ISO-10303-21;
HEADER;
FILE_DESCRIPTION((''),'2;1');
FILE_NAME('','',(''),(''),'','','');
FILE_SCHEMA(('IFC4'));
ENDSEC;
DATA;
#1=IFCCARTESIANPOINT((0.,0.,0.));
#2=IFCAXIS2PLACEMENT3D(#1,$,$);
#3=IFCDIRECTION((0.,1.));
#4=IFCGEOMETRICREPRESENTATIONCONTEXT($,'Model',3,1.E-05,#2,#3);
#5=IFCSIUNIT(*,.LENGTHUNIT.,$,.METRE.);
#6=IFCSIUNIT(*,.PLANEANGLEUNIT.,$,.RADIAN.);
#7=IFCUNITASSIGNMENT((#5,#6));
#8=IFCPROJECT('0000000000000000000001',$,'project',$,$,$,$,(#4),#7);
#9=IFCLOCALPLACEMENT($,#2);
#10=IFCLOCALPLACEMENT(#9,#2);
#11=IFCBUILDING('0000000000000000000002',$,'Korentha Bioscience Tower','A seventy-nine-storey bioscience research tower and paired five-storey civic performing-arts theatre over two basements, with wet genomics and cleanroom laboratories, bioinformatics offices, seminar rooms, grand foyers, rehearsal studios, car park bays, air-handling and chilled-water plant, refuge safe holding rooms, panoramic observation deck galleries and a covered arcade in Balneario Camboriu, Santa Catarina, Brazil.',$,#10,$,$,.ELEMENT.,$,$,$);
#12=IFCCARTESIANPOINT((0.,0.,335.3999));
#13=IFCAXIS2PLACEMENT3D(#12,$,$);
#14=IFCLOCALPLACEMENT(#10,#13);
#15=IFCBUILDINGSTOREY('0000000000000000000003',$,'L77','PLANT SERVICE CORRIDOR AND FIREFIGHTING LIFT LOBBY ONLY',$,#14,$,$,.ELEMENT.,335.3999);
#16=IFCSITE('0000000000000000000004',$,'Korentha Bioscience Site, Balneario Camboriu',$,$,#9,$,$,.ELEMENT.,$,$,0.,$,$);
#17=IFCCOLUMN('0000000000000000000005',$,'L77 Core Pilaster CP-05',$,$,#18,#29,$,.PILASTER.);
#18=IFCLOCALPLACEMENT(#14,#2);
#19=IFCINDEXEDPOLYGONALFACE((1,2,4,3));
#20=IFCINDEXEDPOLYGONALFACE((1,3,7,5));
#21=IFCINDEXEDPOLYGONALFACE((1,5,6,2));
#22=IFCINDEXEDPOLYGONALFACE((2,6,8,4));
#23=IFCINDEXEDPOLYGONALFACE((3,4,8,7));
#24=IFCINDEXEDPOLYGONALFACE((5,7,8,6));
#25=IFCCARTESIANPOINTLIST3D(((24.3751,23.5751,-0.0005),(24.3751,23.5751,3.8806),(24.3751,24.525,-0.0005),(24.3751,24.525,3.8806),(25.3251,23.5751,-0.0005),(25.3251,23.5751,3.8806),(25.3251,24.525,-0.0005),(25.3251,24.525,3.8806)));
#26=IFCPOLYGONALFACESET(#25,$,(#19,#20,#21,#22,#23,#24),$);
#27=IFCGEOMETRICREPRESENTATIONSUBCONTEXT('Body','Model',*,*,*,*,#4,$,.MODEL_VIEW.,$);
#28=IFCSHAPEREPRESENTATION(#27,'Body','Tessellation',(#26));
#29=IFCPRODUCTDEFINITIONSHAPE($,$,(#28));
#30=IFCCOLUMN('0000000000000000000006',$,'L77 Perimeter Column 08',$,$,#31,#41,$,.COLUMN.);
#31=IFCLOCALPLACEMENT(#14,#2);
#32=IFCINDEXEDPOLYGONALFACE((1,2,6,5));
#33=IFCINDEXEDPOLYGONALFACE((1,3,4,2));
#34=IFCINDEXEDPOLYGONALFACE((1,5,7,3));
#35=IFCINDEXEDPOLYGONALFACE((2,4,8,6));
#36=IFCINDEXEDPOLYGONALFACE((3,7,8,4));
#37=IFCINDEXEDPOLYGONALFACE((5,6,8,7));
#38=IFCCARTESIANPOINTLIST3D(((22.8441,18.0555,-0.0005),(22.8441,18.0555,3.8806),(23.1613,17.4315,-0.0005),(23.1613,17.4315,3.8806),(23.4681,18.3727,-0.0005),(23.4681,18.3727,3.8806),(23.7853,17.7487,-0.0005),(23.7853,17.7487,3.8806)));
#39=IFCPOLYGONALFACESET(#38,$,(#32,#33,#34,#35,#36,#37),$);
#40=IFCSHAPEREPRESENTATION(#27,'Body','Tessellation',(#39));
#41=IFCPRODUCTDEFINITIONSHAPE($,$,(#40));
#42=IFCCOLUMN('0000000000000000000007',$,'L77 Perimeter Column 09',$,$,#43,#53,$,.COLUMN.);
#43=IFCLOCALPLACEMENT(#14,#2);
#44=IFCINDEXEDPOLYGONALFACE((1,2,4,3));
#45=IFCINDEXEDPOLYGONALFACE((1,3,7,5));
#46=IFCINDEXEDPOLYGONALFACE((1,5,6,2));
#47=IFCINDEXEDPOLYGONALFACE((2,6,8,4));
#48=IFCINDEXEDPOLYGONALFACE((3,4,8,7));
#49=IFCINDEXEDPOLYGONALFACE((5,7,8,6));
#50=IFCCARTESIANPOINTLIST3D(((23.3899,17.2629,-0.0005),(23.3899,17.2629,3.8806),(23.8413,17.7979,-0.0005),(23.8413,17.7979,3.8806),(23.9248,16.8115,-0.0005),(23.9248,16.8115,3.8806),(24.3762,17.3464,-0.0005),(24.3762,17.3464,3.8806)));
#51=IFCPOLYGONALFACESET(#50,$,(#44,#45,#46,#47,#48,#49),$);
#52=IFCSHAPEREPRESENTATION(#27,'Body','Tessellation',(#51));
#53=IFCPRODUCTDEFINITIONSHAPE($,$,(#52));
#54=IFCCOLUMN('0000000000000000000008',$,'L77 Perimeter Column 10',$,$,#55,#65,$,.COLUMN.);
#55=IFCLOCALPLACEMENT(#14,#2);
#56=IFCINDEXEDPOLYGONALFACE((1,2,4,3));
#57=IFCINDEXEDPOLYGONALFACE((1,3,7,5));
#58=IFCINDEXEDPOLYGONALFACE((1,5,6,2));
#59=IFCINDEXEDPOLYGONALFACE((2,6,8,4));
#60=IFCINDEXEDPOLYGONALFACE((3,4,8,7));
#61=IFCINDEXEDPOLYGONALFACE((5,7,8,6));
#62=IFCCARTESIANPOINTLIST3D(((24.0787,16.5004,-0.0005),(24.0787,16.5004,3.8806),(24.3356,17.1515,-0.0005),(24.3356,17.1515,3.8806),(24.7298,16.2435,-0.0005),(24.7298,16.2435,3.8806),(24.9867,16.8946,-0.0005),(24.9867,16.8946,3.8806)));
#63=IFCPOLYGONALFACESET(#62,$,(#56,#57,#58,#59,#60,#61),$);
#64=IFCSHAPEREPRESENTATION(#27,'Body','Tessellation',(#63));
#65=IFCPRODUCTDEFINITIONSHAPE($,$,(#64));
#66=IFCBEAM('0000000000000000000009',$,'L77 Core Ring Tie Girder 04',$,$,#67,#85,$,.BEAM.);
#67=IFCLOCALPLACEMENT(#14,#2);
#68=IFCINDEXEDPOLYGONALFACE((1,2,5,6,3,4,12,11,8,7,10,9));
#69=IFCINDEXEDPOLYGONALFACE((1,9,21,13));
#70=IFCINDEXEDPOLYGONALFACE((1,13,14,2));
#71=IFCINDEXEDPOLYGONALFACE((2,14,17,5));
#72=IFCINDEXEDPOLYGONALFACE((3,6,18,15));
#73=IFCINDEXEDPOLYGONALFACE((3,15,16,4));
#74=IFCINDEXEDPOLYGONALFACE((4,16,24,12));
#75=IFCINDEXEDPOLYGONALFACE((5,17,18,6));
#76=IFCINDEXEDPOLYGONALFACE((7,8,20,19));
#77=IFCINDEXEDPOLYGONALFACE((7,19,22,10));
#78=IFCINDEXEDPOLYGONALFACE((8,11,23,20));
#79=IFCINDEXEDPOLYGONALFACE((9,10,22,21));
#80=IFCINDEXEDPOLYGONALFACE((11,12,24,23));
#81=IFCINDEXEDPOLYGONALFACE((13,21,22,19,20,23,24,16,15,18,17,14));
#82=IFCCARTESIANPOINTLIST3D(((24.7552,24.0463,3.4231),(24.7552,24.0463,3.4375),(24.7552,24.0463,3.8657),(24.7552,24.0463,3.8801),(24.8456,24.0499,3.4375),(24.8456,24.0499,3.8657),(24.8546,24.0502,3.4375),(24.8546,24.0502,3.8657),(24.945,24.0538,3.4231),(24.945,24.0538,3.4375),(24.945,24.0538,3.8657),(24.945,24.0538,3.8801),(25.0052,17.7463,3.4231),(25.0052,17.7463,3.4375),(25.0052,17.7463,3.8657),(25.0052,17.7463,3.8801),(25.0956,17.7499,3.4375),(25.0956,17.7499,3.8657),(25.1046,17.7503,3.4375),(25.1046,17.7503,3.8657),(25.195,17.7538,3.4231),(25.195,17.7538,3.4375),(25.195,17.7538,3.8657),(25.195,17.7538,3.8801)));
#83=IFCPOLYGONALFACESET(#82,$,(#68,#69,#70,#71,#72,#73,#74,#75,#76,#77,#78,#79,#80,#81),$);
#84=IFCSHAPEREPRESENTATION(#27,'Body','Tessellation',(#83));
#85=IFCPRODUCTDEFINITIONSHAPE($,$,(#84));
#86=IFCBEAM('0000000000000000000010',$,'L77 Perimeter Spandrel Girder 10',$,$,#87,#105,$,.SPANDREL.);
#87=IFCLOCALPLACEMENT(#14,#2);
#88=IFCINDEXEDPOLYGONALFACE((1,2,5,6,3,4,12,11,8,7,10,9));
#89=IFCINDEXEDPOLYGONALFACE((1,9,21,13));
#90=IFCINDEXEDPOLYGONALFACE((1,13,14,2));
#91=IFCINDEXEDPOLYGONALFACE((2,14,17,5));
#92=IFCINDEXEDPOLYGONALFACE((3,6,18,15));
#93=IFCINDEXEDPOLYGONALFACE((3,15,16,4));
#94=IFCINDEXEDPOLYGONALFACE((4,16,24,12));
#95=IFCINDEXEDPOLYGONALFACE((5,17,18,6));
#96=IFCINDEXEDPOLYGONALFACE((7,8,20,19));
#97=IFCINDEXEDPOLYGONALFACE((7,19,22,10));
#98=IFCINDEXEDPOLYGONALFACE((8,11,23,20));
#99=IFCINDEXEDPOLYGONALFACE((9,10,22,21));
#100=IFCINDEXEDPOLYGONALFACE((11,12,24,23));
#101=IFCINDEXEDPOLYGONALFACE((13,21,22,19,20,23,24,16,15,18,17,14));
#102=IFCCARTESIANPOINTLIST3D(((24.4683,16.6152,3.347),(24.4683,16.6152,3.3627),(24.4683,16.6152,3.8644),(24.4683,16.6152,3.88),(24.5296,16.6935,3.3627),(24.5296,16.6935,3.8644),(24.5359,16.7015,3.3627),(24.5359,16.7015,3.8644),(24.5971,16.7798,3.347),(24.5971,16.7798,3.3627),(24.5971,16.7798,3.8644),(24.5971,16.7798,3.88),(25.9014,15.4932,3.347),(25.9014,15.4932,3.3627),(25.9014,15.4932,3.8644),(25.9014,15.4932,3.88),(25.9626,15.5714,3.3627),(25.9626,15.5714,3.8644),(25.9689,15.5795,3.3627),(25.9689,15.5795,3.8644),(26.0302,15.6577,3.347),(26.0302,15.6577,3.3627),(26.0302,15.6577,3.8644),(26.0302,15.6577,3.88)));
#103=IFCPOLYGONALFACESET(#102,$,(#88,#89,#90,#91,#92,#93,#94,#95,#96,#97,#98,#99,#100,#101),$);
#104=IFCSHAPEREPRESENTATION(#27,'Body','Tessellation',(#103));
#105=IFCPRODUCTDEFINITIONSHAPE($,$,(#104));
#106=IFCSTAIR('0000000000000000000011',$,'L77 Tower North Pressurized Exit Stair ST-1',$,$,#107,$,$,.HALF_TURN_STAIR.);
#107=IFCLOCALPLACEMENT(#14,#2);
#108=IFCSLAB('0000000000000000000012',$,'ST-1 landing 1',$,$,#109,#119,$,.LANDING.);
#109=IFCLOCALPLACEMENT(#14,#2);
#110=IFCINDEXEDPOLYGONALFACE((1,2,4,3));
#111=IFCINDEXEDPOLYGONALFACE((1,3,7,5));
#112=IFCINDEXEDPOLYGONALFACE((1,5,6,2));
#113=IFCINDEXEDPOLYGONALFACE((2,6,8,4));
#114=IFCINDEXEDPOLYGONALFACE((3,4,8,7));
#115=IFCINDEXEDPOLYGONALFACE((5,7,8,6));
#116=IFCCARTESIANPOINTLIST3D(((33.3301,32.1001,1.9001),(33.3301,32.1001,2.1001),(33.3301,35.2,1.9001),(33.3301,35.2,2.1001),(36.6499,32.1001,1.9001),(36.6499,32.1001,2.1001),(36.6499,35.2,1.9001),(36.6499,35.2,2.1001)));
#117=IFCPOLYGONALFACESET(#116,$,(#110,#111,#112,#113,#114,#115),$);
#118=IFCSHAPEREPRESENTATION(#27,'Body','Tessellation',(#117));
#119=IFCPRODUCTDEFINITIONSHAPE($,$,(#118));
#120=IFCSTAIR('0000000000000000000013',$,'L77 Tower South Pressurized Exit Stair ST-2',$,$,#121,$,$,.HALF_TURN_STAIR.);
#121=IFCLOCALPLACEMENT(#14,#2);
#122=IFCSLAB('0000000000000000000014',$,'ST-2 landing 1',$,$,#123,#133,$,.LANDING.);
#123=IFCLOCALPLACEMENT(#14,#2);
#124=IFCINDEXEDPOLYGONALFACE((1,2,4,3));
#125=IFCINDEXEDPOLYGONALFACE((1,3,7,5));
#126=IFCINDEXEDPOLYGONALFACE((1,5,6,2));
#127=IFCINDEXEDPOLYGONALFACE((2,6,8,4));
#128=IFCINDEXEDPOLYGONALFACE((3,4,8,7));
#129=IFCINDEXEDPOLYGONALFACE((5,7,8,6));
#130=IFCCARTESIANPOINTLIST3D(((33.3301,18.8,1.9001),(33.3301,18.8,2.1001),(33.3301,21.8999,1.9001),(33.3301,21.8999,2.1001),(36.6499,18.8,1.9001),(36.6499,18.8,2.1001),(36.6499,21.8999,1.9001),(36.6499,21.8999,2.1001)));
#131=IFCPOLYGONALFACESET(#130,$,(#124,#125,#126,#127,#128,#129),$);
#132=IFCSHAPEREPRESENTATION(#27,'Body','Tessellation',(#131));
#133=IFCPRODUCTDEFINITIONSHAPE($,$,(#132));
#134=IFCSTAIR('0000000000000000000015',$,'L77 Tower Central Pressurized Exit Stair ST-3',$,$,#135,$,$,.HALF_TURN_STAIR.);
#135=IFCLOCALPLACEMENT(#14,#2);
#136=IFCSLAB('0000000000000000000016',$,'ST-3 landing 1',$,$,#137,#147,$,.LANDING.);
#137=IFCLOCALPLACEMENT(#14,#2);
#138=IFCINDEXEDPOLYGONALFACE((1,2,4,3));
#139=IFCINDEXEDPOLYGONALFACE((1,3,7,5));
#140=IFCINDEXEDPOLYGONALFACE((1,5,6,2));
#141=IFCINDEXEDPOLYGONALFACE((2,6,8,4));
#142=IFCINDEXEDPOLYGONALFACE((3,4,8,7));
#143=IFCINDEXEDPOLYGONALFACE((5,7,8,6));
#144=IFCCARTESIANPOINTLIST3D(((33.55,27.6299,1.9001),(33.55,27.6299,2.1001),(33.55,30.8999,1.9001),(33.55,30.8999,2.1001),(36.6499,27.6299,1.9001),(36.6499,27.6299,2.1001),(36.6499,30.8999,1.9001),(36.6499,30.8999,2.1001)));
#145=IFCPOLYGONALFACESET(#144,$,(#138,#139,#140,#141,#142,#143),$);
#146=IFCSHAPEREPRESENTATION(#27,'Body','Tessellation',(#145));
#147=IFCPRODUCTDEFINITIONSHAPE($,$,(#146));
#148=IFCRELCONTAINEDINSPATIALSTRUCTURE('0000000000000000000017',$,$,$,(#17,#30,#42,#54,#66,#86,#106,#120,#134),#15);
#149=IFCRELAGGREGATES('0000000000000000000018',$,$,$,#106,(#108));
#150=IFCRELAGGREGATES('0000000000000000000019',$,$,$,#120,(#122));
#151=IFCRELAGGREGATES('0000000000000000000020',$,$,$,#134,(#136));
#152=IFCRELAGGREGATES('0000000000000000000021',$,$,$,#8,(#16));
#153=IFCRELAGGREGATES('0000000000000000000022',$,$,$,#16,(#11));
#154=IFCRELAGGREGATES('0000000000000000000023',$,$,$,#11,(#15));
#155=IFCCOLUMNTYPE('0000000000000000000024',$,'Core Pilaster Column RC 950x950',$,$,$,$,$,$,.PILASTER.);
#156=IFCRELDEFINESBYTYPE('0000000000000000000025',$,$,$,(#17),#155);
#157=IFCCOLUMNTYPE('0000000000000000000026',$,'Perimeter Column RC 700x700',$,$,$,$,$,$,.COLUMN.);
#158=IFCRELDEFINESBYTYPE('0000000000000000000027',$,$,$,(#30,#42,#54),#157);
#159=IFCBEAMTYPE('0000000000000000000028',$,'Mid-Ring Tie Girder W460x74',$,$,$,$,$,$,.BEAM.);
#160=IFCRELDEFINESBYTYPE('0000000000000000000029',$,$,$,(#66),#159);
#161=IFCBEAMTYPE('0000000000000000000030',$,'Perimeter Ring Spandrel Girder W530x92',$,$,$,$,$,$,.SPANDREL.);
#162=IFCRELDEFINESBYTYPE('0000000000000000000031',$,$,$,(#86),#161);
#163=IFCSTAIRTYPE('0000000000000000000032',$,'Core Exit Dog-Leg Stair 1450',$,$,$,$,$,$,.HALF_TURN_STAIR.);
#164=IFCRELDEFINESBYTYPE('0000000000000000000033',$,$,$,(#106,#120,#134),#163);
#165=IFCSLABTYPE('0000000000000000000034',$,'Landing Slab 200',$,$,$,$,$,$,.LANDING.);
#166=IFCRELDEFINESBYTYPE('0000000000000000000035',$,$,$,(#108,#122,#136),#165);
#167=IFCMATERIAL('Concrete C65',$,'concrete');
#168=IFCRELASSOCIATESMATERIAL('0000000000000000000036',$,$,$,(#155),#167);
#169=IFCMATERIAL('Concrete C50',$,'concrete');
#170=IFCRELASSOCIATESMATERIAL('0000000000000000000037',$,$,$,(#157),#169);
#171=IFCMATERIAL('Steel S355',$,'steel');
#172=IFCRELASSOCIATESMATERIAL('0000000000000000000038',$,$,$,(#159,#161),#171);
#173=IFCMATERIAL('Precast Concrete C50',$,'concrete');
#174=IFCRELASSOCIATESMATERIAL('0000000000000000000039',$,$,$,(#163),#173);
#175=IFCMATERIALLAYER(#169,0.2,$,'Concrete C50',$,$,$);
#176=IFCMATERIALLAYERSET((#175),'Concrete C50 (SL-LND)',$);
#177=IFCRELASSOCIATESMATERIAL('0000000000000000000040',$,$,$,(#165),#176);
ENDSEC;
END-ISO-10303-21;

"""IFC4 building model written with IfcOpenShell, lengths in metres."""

from ifc_helpers import new_model, si_unit, direction, frame, origin, origin_2d, place, context, subcontext, project, spatial, polyline, rectangle, i_section, outline, extrude, material, layer, layer_set, material_profile, profile_set, type_object, element, aggregate, save


model = new_model("IFC4")

# Units and contexts
model_context = context("Model", 3, precision=1e-05, world=origin(), true_north=direction((0.0, 1.0)))
body_context = subcontext(model_context, "Body", "Model", "MODEL_VIEW")
ifc_project = project(units=[si_unit("LENGTHUNIT", "METRE"), si_unit("PLANEANGLEUNIT", "RADIAN")], contexts=[model_context])

# Site, building, storey
site_placement = place(None, origin())
site = spatial("IfcSite", under=ifc_project, at=site_placement, Name="Korentha Bioscience Site, Balneario Camboriu", CompositionType="ELEMENT", RefElevation=0.0)
building_placement = place(site_placement, origin())
building = spatial("IfcBuilding", under=site, at=building_placement, Name="Korentha Bioscience Tower", Description="A seventy-nine-storey bioscience research tower and paired five-storey civic performing-arts theatre over two basements, with wet genomics and cleanroom laboratories, bioinformatics offices, seminar rooms, grand foyers, rehearsal studios, car park bays, air-handling and chilled-water plant, refuge safe holding rooms, panoramic observation deck galleries and a covered arcade in Balneario Camboriu, Santa Catarina, Brazil.", CompositionType="ELEMENT")
storey_placement = place(building_placement, frame((0.0, 0.0, 335.3999)))
storey = spatial("IfcBuildingStorey", under=building, at=storey_placement, Name="L77", Description="PLANT SERVICE CORRIDOR AND FIREFIGHTING LIFT LOBBY ONLY", CompositionType="ELEMENT", Elevation=335.3999)

# Columns
ifc_material_1 = material(Name="Concrete C65", Category="concrete")
ifc_material_profile_1 = material_profile(ifc_material_1, rectangle(XDim=0.95, YDim=0.95, at=origin_2d()), Name="Concrete C65")
ifc_profile_set_1 = profile_set([ifc_material_profile_1], Name="Concrete C65 (COL-CP09)")
column_type_1 = type_object("IfcColumnType", Name="Core Pilaster Column RC 950x950", PredefinedType="PILASTER", material=ifc_profile_set_1)
column_placement = place(storey_placement, frame((24.8501, 24.05, -0.0005), z_axis=(0.0, 0.0, 1.0), x_axis=(1.0, 0.0, 0.0)))
element("IfcColumn", 1, at=column_placement, inside=storey, type_object=column_type_1, Name="L77 Core Pilaster CP-05", PredefinedType="PILASTER", context=body_context, shape_type="SweptSolid", body=[
    extrude(rectangle(XDim=0.95, YDim=0.95, at=origin_2d()), origin(), (0.0, 0.0, 1.0), 3.8811),
])
ifc_material_2 = material(Name="Concrete C50", Category="concrete")
ifc_material_profile_2 = material_profile(ifc_material_2, rectangle(XDim=0.7, YDim=0.7, at=origin_2d()), Name="Concrete C50")
ifc_profile_set_2 = profile_set([ifc_material_profile_2], Name="Concrete C50 (COL-P07)")
column_type_2 = type_object("IfcColumnType", Name="Perimeter Column RC 700x700", PredefinedType="COLUMN", material=ifc_profile_set_2)
for number, where, z_axis, x_axis, name in (
    (2, (23.3147, 17.9021, -0.0005), (0.0, 0.0, 1.0), (-0.453057, 0.891481, 0.0), "L77 Perimeter Column 08"),
    (3, (23.8831, 17.3047, -0.0005), (0.0, 0.0, 1.0), (-0.764246, 0.644924, 0.0), "L77 Perimeter Column 09"),
    (4, (24.5327, 16.6975, -0.0005), (0.0, 0.0, 1.0), (-0.930226, 0.366988, 0.0), "L77 Perimeter Column 10"),
):
    element("IfcColumn", number, at=place(storey_placement, frame(where, z_axis=z_axis, x_axis=x_axis)), inside=storey, type_object=column_type_2, Name=name, PredefinedType="COLUMN", context=body_context, shape_type="SweptSolid", body=[
        extrude(rectangle(XDim=0.7, YDim=0.7, at=origin_2d()), origin(), (0.0, 0.0, 1.0), 3.8811),
    ])

# Beams
ifc_material_3 = material(Name="Steel S355", Category="steel")
ifc_material_profile_3 = material_profile(ifc_material_3, i_section(OverallWidth=0.1899, OverallDepth=0.457, WebThickness=0.009, FlangeThickness=0.0144, at=origin_2d()), Name="Steel S355")
ifc_profile_set_3 = profile_set([ifc_material_profile_3], Name="Steel S355 (MB-460)")
beam_type_1 = type_object("IfcBeamType", Name="Mid-Ring Tie Girder W460x74", PredefinedType="BEAM", material=ifc_profile_set_3)
beam_1_placement = place(storey_placement, frame((24.8501, 24.05, 3.6516), z_axis=(0.039651, -0.999214, 0.0), x_axis=(0.999214, 0.039651, 0.0)))
element("IfcBeam", 5, at=beam_1_placement, inside=storey, type_object=beam_type_1, Name="L77 Core Ring Tie Girder 04", PredefinedType="BEAM", context=body_context, shape_type="SweptSolid", body=[
    extrude(i_section(OverallWidth=0.1899, OverallDepth=0.457, WebThickness=0.009, FlangeThickness=0.0144, at=origin_2d()), origin(), (0.0, 0.0, 1.0), 6.3049),
])
ifc_material_profile_4 = material_profile(ifc_material_3, i_section(OverallWidth=0.209, OverallDepth=0.533, WebThickness=0.0103, FlangeThickness=0.0156, at=origin_2d()), Name="Steel S355")
ifc_profile_set_4 = profile_set([ifc_material_profile_4], Name="Steel S355 (SB-530)")
beam_type_2 = type_object("IfcBeamType", Name="Perimeter Ring Spandrel Girder W530x92", PredefinedType="SPANDREL", material=ifc_profile_set_4)
beam_2_placement = place(storey_placement, frame((24.5327, 16.6975, 3.6135), z_axis=(0.787369, -0.616482, 0.0), x_axis=(0.616482, 0.787369, 0.0)))
element("IfcBeam", 6, at=beam_2_placement, inside=storey, type_object=beam_type_2, Name="L77 Perimeter Spandrel Girder 10", PredefinedType="SPANDREL", context=body_context, shape_type="SweptSolid", body=[
    extrude(i_section(OverallWidth=0.209, OverallDepth=0.533, WebThickness=0.0103, FlangeThickness=0.0156, at=origin_2d()), origin(), (0.0, 0.0, 1.0), 1.8201),
])

# Stairs, slabs
ifc_material_4 = material(Name="Precast Concrete C50", Category="concrete")
stair_type = type_object("IfcStairType", Name="Core Exit Dog-Leg Stair 1450", PredefinedType="HALF_TURN_STAIR", material=ifc_material_4)
stair_1_placement = place(storey_placement, origin())
stair_1 = element("IfcStair", 7, at=stair_1_placement, inside=storey, type_object=stair_type, Name="L77 Tower North Pressurized Exit Stair ST-1", PredefinedType="HALF_TURN_STAIR")
ifc_layer_1 = layer(ifc_material_2, 0.2, Name="Concrete C50")
ifc_layer_set_1 = layer_set([ifc_layer_1], Name="Concrete C50 (SL-LND)")
slab_type_1 = type_object("IfcSlabType", Name="Landing Slab 200", PredefinedType="LANDING", material=ifc_layer_set_1)
slab_1_placement = place(storey_placement, frame((0.0, 0.0, 1.9001)))
slab_1 = element("IfcSlab", 8, at=slab_1_placement, type_object=slab_type_1, Name="ST-1 landing 1", PredefinedType="LANDING", context=body_context, shape_type="SweptSolid", body=[
    extrude(outline(polyline([(33.3301, 32.1001), (36.6499, 32.1001), (36.6499, 35.2), (33.3301, 35.2), (33.3301, 32.1001)])), origin(), (0.0, 0.0, 1.0), 0.2),
])
aggregate(stair_1, [slab_1])
stair_2_placement = place(storey_placement, origin())
stair_2 = element("IfcStair", 9, at=stair_2_placement, inside=storey, type_object=stair_type, Name="L77 Tower South Pressurized Exit Stair ST-2", PredefinedType="HALF_TURN_STAIR")
slab_2_placement = place(storey_placement, frame((0.0, 0.0, 1.9001)))
slab_2 = element("IfcSlab", 10, at=slab_2_placement, type_object=slab_type_1, Name="ST-2 landing 1", PredefinedType="LANDING", context=body_context, shape_type="SweptSolid", body=[
    extrude(outline(polyline([(33.3301, 18.8), (36.6499, 18.8), (36.6499, 21.8999), (33.3301, 21.8999), (33.3301, 18.8)])), origin(), (0.0, 0.0, 1.0), 0.2),
])
aggregate(stair_2, [slab_2])
stair_3_placement = place(storey_placement, origin())
stair_3 = element("IfcStair", 11, at=stair_3_placement, inside=storey, type_object=stair_type, Name="L77 Tower Central Pressurized Exit Stair ST-3", PredefinedType="HALF_TURN_STAIR")
slab_3_placement = place(storey_placement, frame((0.0, 0.0, 1.9001)))
slab_3 = element("IfcSlab", 12, at=slab_3_placement, type_object=slab_type_1, Name="ST-3 landing 1", PredefinedType="LANDING", context=body_context, shape_type="SweptSolid", body=[
    extrude(outline(polyline([(36.6499, 27.6299), (36.6499, 30.8999), (33.55, 30.8999), (33.55, 27.6299), (36.6499, 27.6299)])), origin(), (0.0, 0.0, 1.0), 0.2),
])
aggregate(stair_3, [slab_3])

save(model, "model.ifc")
